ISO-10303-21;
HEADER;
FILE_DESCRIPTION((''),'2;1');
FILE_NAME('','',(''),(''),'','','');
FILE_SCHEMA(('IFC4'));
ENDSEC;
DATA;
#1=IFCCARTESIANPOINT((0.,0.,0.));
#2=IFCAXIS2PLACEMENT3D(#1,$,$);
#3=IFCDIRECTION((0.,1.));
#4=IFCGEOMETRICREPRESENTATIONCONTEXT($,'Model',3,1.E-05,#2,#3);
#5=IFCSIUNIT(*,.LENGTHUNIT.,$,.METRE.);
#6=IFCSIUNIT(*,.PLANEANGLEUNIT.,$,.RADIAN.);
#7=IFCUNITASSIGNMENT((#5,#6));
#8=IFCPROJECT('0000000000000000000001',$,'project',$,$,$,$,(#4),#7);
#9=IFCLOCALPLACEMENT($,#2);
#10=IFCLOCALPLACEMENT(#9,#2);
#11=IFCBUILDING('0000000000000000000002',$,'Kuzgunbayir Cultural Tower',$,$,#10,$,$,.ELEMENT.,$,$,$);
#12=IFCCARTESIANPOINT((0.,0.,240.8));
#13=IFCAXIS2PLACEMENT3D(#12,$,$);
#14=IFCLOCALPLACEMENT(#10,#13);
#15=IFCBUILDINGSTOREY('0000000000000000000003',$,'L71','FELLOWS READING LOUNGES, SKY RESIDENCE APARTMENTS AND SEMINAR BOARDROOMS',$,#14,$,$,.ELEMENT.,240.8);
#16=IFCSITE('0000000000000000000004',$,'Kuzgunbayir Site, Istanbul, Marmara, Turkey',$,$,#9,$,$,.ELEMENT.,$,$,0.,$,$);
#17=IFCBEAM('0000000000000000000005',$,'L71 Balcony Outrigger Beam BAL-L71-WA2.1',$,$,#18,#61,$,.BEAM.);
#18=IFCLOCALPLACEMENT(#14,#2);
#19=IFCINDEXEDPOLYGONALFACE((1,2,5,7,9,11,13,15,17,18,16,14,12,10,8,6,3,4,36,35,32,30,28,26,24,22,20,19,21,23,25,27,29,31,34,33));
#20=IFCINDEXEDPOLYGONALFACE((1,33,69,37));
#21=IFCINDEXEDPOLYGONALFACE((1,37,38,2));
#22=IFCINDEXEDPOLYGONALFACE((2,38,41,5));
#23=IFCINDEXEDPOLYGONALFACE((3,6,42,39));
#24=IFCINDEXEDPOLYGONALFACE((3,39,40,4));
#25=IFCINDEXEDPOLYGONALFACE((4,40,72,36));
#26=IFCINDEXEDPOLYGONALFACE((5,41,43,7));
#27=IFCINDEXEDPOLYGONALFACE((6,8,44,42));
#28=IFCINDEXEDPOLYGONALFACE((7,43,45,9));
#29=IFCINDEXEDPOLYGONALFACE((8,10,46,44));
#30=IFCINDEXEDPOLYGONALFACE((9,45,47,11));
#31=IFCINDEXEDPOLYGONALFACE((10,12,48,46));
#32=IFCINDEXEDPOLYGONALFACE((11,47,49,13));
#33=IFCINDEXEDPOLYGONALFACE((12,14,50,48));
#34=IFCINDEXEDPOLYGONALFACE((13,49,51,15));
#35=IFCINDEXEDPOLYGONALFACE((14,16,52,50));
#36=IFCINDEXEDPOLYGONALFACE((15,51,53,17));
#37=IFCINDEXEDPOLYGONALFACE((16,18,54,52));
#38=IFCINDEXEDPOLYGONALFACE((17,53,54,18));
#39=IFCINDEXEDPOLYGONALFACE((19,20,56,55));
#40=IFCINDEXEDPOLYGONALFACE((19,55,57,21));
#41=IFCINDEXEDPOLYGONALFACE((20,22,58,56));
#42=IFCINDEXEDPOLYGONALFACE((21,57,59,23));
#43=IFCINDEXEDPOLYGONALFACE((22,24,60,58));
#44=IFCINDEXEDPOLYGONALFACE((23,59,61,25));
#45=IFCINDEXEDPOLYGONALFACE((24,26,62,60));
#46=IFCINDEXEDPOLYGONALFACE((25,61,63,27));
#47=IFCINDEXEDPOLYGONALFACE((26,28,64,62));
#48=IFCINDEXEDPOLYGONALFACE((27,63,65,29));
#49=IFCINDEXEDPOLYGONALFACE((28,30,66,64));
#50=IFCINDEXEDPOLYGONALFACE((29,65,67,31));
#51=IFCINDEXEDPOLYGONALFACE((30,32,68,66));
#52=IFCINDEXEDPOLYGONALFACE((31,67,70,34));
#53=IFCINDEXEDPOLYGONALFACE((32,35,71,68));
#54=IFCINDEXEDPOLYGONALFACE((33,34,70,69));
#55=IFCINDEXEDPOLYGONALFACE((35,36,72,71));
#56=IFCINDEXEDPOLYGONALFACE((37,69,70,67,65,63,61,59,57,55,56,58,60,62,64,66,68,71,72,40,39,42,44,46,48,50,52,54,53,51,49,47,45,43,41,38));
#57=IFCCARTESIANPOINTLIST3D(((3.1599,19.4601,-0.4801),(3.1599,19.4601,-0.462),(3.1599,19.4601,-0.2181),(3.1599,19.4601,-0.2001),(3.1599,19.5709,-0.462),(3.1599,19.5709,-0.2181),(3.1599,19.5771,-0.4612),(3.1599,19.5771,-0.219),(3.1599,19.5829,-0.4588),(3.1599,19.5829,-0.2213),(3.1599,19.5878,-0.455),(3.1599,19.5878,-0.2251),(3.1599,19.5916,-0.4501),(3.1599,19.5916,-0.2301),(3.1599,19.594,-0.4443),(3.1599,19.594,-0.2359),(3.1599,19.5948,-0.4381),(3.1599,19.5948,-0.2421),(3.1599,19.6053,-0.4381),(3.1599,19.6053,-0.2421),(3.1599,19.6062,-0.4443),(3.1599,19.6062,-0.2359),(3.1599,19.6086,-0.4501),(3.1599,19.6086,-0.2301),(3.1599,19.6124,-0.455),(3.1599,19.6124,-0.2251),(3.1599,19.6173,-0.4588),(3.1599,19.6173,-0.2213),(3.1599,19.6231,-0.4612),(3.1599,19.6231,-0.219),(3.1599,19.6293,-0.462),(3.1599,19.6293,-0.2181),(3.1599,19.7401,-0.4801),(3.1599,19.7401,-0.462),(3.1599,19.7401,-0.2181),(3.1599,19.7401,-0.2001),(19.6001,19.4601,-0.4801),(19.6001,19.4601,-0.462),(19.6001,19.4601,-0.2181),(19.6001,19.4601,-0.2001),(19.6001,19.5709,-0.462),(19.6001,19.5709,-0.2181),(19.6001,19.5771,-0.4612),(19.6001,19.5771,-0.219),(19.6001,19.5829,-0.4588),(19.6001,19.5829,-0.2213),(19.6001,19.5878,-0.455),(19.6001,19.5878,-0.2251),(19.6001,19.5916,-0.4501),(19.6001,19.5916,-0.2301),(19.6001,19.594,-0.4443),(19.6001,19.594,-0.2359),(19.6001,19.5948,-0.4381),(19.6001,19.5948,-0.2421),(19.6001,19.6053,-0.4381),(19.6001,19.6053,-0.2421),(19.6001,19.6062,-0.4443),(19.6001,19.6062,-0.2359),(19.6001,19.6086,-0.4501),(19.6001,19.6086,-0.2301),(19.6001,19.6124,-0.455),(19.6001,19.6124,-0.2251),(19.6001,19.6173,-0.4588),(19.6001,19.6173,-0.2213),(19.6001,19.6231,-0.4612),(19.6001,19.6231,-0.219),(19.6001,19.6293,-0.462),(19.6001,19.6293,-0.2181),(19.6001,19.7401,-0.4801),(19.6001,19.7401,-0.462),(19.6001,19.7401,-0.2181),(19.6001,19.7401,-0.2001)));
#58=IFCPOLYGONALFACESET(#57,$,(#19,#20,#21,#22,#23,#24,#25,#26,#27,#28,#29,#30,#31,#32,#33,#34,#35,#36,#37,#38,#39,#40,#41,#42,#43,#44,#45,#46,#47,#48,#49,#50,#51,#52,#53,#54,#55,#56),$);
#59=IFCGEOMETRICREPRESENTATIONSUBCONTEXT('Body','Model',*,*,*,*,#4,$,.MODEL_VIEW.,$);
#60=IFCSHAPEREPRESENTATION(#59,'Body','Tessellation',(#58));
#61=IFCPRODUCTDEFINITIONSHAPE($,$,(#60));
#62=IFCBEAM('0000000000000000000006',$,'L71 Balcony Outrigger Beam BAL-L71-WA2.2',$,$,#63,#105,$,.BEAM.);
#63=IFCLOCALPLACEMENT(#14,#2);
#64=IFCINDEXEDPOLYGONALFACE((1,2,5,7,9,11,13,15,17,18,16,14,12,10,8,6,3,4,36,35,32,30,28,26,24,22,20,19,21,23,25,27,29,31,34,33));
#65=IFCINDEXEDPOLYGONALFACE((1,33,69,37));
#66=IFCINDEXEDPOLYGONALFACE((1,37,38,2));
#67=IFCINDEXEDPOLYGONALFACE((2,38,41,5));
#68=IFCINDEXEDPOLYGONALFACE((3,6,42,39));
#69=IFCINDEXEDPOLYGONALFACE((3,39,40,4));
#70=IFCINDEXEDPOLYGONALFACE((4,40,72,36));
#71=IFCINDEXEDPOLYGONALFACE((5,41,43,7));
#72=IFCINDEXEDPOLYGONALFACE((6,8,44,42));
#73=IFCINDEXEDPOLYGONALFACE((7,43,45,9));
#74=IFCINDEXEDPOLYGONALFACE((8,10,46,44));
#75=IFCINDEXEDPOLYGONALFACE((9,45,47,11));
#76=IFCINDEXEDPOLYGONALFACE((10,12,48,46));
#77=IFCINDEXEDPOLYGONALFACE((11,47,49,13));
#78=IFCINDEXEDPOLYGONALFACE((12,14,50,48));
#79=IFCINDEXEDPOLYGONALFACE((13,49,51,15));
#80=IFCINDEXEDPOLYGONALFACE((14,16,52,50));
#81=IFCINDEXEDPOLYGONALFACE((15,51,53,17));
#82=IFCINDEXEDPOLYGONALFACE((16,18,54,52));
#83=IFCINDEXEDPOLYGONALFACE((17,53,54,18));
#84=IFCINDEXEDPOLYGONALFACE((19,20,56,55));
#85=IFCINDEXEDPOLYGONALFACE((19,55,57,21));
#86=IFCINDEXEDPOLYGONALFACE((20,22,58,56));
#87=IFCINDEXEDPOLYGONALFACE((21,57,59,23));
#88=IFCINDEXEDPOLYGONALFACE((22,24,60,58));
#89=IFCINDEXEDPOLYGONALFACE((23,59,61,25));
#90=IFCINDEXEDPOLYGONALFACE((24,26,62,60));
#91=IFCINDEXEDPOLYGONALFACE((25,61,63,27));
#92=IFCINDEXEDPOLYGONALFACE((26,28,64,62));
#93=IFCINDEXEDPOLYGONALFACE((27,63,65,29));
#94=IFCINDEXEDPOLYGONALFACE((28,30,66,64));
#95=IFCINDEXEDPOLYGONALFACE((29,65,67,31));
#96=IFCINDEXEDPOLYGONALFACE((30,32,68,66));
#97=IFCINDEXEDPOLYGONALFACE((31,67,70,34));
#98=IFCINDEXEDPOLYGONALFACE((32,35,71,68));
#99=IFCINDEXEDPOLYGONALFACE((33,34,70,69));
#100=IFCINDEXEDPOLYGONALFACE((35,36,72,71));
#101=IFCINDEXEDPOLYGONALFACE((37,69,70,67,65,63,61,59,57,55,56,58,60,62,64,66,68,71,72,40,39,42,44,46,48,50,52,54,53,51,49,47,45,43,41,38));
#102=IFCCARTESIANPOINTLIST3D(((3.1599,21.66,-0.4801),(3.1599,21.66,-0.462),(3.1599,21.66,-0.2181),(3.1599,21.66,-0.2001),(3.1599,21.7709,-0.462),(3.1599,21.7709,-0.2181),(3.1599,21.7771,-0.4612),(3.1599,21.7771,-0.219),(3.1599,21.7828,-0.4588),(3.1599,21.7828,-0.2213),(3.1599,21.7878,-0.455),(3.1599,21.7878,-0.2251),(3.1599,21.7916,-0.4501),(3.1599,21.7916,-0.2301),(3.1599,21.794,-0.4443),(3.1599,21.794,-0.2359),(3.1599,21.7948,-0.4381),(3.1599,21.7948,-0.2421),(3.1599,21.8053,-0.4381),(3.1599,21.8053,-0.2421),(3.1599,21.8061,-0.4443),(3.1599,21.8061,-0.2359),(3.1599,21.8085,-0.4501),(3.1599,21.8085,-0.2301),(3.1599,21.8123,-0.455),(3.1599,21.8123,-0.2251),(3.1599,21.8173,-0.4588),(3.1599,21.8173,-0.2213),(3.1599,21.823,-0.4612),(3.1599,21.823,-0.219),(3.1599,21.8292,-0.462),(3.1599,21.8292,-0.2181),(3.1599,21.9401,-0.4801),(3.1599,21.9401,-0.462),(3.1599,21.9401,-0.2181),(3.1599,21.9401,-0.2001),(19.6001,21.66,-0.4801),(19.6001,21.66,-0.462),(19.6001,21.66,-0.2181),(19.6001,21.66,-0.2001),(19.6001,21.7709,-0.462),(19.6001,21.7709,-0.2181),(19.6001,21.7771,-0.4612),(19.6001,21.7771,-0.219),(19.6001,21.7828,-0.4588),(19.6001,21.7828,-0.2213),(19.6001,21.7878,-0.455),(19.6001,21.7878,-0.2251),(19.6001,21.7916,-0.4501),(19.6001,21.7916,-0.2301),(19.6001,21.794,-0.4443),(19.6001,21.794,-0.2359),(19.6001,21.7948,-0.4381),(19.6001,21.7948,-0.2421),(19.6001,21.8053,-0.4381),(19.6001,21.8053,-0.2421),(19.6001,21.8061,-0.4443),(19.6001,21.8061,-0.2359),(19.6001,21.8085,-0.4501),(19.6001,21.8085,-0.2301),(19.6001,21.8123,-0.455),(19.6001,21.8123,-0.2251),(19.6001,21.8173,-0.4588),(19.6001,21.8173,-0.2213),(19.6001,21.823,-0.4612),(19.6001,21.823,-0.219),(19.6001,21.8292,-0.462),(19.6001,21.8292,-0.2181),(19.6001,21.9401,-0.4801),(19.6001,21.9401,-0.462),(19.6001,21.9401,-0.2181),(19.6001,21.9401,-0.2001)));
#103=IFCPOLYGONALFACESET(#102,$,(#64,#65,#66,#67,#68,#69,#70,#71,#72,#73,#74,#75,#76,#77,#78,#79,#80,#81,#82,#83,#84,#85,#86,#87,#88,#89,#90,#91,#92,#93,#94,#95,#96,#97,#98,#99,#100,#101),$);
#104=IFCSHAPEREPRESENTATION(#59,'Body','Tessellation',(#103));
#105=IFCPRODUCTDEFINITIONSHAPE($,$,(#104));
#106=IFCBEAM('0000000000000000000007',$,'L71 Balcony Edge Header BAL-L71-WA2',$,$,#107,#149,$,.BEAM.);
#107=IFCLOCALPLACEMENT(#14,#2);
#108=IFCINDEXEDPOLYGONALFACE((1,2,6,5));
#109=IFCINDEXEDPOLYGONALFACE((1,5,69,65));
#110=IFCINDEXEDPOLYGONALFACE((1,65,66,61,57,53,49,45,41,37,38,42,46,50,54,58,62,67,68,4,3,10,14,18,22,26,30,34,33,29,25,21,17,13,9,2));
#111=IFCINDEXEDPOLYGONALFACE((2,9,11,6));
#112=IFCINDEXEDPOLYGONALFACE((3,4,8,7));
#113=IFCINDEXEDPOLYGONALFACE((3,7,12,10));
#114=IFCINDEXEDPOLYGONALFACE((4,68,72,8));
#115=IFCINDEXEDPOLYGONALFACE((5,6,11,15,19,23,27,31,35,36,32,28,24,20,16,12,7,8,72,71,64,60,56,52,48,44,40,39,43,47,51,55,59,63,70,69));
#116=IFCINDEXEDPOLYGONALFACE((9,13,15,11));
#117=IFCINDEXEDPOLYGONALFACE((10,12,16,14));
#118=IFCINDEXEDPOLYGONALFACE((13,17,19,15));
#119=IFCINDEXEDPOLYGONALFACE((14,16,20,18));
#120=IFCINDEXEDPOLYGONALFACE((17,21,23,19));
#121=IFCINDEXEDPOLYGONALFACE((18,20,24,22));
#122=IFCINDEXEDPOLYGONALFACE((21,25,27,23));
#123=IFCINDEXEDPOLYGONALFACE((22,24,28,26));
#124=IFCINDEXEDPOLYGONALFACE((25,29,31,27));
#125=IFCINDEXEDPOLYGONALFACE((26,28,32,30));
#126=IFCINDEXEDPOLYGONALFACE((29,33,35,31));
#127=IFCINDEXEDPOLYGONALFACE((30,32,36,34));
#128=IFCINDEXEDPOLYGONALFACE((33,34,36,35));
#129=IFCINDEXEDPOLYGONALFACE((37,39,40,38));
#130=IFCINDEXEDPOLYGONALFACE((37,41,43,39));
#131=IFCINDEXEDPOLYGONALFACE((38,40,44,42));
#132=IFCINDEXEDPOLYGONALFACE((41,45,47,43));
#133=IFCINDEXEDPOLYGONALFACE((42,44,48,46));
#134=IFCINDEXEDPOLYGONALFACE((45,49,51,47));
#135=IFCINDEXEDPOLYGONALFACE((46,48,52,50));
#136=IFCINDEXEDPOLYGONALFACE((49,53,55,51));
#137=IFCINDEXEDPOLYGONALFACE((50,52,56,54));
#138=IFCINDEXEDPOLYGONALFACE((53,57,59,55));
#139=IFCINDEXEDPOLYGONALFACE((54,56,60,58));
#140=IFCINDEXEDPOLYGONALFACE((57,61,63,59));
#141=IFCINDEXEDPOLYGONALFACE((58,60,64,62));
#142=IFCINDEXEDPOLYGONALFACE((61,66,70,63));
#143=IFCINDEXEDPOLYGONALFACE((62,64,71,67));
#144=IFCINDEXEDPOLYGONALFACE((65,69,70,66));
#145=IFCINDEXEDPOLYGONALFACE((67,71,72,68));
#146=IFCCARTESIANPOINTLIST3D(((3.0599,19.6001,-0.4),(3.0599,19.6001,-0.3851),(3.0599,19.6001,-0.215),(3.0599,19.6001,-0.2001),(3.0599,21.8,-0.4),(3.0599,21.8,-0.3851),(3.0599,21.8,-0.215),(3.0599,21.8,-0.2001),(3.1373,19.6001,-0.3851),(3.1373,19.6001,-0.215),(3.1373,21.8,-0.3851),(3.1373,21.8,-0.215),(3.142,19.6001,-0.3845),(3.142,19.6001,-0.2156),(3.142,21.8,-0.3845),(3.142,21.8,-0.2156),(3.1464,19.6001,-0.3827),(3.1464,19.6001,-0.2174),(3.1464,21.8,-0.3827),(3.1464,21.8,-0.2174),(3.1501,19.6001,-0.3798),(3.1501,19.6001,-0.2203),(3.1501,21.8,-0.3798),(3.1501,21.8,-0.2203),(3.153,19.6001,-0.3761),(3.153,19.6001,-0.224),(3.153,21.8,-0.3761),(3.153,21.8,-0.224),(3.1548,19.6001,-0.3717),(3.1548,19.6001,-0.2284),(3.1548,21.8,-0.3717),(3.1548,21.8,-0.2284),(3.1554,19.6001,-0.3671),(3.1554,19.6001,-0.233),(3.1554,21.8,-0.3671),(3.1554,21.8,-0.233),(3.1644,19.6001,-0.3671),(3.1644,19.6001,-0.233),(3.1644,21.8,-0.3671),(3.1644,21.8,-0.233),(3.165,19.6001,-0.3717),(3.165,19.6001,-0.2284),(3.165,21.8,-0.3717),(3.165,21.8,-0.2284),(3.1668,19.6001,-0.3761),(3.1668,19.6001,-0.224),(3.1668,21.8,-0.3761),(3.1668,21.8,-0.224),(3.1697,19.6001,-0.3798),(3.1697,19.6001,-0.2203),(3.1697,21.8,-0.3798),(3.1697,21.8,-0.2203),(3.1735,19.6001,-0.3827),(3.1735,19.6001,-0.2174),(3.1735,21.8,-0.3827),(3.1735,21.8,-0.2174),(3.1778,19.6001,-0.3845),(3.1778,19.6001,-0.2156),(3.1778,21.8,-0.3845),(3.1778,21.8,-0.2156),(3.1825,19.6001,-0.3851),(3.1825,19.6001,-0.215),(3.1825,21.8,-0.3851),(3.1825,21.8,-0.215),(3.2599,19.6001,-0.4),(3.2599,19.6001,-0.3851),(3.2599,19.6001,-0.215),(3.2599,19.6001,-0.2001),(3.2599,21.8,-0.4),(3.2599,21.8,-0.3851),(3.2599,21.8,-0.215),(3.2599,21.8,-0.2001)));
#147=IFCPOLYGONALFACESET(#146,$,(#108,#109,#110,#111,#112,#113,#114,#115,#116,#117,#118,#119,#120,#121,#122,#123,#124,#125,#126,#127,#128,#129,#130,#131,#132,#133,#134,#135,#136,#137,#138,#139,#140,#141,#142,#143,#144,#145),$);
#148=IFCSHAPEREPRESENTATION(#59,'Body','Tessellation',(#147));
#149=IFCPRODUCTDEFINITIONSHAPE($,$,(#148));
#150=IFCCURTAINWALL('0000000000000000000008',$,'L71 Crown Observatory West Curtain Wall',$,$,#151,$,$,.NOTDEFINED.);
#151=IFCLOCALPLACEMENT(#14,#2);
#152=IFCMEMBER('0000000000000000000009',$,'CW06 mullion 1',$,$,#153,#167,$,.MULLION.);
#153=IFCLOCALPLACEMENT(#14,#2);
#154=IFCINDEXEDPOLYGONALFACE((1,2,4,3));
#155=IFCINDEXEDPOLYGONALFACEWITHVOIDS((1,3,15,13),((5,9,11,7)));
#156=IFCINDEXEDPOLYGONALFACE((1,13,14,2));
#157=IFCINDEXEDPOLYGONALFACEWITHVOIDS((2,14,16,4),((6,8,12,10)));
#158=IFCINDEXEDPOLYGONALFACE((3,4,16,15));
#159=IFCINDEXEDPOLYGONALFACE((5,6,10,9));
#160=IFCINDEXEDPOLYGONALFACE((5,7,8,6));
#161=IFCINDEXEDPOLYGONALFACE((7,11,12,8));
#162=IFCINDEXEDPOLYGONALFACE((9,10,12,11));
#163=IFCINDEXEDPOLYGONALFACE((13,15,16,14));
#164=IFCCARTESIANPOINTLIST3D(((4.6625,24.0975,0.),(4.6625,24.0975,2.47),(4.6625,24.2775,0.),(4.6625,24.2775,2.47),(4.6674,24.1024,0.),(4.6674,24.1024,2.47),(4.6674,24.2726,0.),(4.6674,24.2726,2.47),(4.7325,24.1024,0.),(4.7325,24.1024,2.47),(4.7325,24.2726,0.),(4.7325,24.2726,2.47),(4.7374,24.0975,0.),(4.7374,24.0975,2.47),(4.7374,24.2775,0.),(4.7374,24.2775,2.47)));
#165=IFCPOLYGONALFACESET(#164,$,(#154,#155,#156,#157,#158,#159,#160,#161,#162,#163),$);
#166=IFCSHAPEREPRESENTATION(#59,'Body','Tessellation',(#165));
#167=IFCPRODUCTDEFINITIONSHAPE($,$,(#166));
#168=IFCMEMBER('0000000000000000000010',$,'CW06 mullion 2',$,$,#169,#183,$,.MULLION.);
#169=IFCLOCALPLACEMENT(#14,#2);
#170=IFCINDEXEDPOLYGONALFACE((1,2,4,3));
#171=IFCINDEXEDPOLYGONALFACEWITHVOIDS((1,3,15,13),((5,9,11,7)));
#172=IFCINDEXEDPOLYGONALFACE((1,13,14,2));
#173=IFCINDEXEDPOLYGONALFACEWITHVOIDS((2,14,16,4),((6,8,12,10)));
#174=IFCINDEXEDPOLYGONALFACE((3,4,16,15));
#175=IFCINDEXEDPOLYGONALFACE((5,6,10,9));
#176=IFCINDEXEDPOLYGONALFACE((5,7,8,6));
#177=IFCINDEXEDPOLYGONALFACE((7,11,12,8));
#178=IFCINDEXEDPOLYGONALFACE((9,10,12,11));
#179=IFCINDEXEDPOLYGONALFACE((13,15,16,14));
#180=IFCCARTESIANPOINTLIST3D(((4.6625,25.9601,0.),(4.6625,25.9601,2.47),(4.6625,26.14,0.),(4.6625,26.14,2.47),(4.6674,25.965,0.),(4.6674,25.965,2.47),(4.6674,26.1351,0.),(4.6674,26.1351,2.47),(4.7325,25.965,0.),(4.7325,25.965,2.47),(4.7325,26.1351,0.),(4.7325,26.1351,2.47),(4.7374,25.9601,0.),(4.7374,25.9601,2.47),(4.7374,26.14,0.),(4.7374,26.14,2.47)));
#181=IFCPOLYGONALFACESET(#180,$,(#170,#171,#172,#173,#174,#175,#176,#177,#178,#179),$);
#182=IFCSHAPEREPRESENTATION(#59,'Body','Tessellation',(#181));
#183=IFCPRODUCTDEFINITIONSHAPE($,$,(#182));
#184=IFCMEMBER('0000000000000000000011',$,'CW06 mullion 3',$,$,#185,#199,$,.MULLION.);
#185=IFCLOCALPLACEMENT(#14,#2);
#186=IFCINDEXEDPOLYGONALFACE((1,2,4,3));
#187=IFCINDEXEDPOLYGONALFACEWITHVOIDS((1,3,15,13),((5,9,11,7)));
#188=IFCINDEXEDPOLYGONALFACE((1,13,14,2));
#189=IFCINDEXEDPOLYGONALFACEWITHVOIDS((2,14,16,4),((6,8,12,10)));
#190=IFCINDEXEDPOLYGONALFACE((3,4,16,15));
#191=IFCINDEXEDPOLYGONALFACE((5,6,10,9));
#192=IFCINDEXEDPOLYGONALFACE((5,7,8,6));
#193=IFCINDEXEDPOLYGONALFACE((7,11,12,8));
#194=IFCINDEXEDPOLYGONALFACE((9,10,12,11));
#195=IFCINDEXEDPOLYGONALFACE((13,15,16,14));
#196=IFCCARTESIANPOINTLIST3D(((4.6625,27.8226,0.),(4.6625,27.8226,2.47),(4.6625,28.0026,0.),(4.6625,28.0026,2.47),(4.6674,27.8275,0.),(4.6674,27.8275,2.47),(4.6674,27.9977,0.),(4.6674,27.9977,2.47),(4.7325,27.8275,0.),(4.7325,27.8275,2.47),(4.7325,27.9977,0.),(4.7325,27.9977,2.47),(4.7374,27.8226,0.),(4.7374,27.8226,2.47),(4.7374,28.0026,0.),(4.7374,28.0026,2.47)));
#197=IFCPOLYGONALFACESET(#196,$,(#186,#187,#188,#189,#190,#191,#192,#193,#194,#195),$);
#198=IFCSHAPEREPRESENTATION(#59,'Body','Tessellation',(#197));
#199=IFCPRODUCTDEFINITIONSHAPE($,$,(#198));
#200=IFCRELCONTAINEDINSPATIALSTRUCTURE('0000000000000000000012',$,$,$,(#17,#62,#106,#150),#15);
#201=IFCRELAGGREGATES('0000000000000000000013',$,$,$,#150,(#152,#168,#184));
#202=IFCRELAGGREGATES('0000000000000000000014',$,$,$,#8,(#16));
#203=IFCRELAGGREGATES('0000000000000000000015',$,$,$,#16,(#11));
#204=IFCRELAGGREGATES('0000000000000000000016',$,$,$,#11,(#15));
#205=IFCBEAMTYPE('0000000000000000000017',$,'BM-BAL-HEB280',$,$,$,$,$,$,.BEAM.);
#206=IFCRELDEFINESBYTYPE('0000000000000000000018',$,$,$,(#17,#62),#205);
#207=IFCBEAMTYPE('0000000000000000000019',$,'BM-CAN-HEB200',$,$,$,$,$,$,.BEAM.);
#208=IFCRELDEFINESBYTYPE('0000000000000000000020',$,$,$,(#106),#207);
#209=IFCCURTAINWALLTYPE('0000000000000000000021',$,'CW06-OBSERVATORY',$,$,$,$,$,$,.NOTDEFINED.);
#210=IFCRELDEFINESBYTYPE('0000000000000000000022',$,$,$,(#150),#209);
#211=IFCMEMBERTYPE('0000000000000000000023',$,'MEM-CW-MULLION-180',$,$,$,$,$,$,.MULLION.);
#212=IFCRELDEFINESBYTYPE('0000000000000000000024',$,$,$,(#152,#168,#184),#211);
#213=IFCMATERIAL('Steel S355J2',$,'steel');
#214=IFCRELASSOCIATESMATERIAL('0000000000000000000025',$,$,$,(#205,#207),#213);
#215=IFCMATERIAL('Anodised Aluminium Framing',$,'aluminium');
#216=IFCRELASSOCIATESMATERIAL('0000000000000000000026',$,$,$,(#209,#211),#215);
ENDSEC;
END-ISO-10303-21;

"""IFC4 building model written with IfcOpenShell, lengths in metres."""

from ifc_helpers import new_model, si_unit, direction, frame, origin, origin_2d, place, context, subcontext, project, spatial, hollow_rectangle, i_section, extrude, material, material_profile, profile_set, type_object, element, aggregate, save


model = new_model("IFC4")

# Units and contexts
model_context = context("Model", 3, precision=1e-05, world=origin(), true_north=direction((0.0, 1.0)))
body_context = subcontext(model_context, "Body", "Model", "MODEL_VIEW")
ifc_project = project(units=[si_unit("LENGTHUNIT", "METRE"), si_unit("PLANEANGLEUNIT", "RADIAN")], contexts=[model_context])

# Site, building, storey
site_placement = place(None, origin())
site = spatial("IfcSite", under=ifc_project, at=site_placement, Name="Kuzgunbayir Site, Istanbul, Marmara, Turkey", CompositionType="ELEMENT", RefElevation=0.0)
building_placement = place(site_placement, origin())
building = spatial("IfcBuilding", under=site, at=building_placement, Name="Kuzgunbayir Cultural Tower", CompositionType="ELEMENT")
storey_placement = place(building_placement, frame((0.0, 0.0, 240.8)))
storey = spatial("IfcBuildingStorey", under=building, at=storey_placement, Name="L71", Description="FELLOWS READING LOUNGES, SKY RESIDENCE APARTMENTS AND SEMINAR BOARDROOMS", CompositionType="ELEMENT", Elevation=240.8)

# Beams
ifc_material_1 = material(Name="Steel S355J2", Category="steel")
ifc_material_profile_1 = material_profile(ifc_material_1, i_section(OverallWidth=0.28, OverallDepth=0.28, WebThickness=0.0105, FlangeThickness=0.0181, FilletRadius=0.0239, at=origin_2d()), Name="HEB 280")
ifc_profile_set_1 = profile_set([ifc_material_profile_1], Name="Steel S355J2")
beam_type_1 = type_object("IfcBeamType", Name="BM-BAL-HEB280", PredefinedType="BEAM", material=ifc_profile_set_1)
for number, where, z_axis, x_axis, name in (
    (1, (3.1599, 19.6001, -0.3401), (1.0, 0.0, 0.0), (0.0, 1.0, 0.0), "L71 Balcony Outrigger Beam BAL-L71-WA2.1"),
    (2, (3.1599, 21.8, -0.3401), (1.0, 0.0, 0.0), (0.0, 1.0, 0.0), "L71 Balcony Outrigger Beam BAL-L71-WA2.2"),
):
    element("IfcBeam", number, at=place(storey_placement, frame(where, z_axis=z_axis, x_axis=x_axis)), inside=storey, type_object=beam_type_1, Name=name, PredefinedType="BEAM", context=body_context, shape_type="SweptSolid", body=[
        extrude(i_section(OverallWidth=0.28, OverallDepth=0.28, WebThickness=0.0105, FlangeThickness=0.0181, FilletRadius=0.0239, at=origin_2d()), origin(), (0.0, 0.0, 1.0), 16.4402),
    ])
ifc_material_profile_2 = material_profile(ifc_material_1, i_section(OverallWidth=0.2, OverallDepth=0.2, WebThickness=0.009, FlangeThickness=0.0149, FilletRadius=0.0181, at=origin_2d()), Name="HEB 200")
ifc_profile_set_2 = profile_set([ifc_material_profile_2], Name="Steel S355J2")
beam_type_2 = type_object("IfcBeamType", Name="BM-CAN-HEB200", PredefinedType="BEAM", material=ifc_profile_set_2)
beam_placement = place(storey_placement, frame((3.1599, 19.6001, -0.3), z_axis=(0.0, 1.0, 0.0), x_axis=(-1.0, 0.0, 0.0)))
element("IfcBeam", 3, at=beam_placement, inside=storey, type_object=beam_type_2, Name="L71 Balcony Edge Header BAL-L71-WA2", PredefinedType="BEAM", context=body_context, shape_type="SweptSolid", body=[
    extrude(i_section(OverallWidth=0.2, OverallDepth=0.2, WebThickness=0.009, FlangeThickness=0.0149, FilletRadius=0.0181, at=origin_2d()), origin(), (0.0, 0.0, 1.0), 2.2),
])

# Curtain wall, members
ifc_material_2 = material(Name="Anodised Aluminium Framing", Category="aluminium")
curtain_wall_type = type_object("IfcCurtainWallType", Name="CW06-OBSERVATORY", PredefinedType="NOTDEFINED", material=ifc_material_2)
curtain_wall_placement = place(storey_placement, origin())
curtain_wall = element("IfcCurtainWall", 4, at=curtain_wall_placement, inside=storey, type_object=curtain_wall_type, Name="L71 Crown Observatory West Curtain Wall", PredefinedType="NOTDEFINED")
ifc_material_profile_3 = material_profile(ifc_material_2, hollow_rectangle(XDim=0.075, YDim=0.1799, WallThickness=0.0049, at=origin_2d()), Name="RHS 180x75x5")
ifc_profile_set_3 = profile_set([ifc_material_profile_3], Name="Anodised Aluminium Framing")
member_type_1 = type_object("IfcMemberType", Name="MEM-CW-MULLION-180", PredefinedType="MULLION", material=ifc_profile_set_3)
member_1_placement = place(storey_placement, frame((4.7, 24.1875, 0.0), z_axis=(0.0, 0.0, 1.0), x_axis=(-1.0, 0.0, 0.0)))
member_1 = element("IfcMember", 5, at=member_1_placement, type_object=member_type_1, Name="CW06 mullion 1", PredefinedType="MULLION", context=body_context, shape_type="SweptSolid", body=[
    extrude(hollow_rectangle(XDim=0.075, YDim=0.1799, WallThickness=0.0049, at=origin_2d()), origin(), (0.0, 0.0, 1.0), 2.47),
])
member_2_placement = place(storey_placement, frame((4.7, 26.05, 0.0), z_axis=(0.0, 0.0, 1.0), x_axis=(-1.0, 0.0, 0.0)))
member_2 = element("IfcMember", 6, at=member_2_placement, type_object=member_type_1, Name="CW06 mullion 2", PredefinedType="MULLION", context=body_context, shape_type="SweptSolid", body=[
    extrude(hollow_rectangle(XDim=0.075, YDim=0.1799, WallThickness=0.0049, at=origin_2d()), origin(), (0.0, 0.0, 1.0), 2.47),
])
member_3_placement = place(storey_placement, frame((4.7, 27.9126, 0.0), z_axis=(0.0, 0.0, 1.0), x_axis=(-1.0, 0.0, 0.0)))
member_3 = element("IfcMember", 7, at=member_3_placement, type_object=member_type_1, Name="CW06 mullion 3", PredefinedType="MULLION", context=body_context, shape_type="SweptSolid", body=[
    extrude(hollow_rectangle(XDim=0.075, YDim=0.1799, WallThickness=0.0049, at=origin_2d()), origin(), (0.0, 0.0, 1.0), 2.47),
])
aggregate(curtain_wall, [member_1, member_2, member_3])

save(model, "model.ifc")
